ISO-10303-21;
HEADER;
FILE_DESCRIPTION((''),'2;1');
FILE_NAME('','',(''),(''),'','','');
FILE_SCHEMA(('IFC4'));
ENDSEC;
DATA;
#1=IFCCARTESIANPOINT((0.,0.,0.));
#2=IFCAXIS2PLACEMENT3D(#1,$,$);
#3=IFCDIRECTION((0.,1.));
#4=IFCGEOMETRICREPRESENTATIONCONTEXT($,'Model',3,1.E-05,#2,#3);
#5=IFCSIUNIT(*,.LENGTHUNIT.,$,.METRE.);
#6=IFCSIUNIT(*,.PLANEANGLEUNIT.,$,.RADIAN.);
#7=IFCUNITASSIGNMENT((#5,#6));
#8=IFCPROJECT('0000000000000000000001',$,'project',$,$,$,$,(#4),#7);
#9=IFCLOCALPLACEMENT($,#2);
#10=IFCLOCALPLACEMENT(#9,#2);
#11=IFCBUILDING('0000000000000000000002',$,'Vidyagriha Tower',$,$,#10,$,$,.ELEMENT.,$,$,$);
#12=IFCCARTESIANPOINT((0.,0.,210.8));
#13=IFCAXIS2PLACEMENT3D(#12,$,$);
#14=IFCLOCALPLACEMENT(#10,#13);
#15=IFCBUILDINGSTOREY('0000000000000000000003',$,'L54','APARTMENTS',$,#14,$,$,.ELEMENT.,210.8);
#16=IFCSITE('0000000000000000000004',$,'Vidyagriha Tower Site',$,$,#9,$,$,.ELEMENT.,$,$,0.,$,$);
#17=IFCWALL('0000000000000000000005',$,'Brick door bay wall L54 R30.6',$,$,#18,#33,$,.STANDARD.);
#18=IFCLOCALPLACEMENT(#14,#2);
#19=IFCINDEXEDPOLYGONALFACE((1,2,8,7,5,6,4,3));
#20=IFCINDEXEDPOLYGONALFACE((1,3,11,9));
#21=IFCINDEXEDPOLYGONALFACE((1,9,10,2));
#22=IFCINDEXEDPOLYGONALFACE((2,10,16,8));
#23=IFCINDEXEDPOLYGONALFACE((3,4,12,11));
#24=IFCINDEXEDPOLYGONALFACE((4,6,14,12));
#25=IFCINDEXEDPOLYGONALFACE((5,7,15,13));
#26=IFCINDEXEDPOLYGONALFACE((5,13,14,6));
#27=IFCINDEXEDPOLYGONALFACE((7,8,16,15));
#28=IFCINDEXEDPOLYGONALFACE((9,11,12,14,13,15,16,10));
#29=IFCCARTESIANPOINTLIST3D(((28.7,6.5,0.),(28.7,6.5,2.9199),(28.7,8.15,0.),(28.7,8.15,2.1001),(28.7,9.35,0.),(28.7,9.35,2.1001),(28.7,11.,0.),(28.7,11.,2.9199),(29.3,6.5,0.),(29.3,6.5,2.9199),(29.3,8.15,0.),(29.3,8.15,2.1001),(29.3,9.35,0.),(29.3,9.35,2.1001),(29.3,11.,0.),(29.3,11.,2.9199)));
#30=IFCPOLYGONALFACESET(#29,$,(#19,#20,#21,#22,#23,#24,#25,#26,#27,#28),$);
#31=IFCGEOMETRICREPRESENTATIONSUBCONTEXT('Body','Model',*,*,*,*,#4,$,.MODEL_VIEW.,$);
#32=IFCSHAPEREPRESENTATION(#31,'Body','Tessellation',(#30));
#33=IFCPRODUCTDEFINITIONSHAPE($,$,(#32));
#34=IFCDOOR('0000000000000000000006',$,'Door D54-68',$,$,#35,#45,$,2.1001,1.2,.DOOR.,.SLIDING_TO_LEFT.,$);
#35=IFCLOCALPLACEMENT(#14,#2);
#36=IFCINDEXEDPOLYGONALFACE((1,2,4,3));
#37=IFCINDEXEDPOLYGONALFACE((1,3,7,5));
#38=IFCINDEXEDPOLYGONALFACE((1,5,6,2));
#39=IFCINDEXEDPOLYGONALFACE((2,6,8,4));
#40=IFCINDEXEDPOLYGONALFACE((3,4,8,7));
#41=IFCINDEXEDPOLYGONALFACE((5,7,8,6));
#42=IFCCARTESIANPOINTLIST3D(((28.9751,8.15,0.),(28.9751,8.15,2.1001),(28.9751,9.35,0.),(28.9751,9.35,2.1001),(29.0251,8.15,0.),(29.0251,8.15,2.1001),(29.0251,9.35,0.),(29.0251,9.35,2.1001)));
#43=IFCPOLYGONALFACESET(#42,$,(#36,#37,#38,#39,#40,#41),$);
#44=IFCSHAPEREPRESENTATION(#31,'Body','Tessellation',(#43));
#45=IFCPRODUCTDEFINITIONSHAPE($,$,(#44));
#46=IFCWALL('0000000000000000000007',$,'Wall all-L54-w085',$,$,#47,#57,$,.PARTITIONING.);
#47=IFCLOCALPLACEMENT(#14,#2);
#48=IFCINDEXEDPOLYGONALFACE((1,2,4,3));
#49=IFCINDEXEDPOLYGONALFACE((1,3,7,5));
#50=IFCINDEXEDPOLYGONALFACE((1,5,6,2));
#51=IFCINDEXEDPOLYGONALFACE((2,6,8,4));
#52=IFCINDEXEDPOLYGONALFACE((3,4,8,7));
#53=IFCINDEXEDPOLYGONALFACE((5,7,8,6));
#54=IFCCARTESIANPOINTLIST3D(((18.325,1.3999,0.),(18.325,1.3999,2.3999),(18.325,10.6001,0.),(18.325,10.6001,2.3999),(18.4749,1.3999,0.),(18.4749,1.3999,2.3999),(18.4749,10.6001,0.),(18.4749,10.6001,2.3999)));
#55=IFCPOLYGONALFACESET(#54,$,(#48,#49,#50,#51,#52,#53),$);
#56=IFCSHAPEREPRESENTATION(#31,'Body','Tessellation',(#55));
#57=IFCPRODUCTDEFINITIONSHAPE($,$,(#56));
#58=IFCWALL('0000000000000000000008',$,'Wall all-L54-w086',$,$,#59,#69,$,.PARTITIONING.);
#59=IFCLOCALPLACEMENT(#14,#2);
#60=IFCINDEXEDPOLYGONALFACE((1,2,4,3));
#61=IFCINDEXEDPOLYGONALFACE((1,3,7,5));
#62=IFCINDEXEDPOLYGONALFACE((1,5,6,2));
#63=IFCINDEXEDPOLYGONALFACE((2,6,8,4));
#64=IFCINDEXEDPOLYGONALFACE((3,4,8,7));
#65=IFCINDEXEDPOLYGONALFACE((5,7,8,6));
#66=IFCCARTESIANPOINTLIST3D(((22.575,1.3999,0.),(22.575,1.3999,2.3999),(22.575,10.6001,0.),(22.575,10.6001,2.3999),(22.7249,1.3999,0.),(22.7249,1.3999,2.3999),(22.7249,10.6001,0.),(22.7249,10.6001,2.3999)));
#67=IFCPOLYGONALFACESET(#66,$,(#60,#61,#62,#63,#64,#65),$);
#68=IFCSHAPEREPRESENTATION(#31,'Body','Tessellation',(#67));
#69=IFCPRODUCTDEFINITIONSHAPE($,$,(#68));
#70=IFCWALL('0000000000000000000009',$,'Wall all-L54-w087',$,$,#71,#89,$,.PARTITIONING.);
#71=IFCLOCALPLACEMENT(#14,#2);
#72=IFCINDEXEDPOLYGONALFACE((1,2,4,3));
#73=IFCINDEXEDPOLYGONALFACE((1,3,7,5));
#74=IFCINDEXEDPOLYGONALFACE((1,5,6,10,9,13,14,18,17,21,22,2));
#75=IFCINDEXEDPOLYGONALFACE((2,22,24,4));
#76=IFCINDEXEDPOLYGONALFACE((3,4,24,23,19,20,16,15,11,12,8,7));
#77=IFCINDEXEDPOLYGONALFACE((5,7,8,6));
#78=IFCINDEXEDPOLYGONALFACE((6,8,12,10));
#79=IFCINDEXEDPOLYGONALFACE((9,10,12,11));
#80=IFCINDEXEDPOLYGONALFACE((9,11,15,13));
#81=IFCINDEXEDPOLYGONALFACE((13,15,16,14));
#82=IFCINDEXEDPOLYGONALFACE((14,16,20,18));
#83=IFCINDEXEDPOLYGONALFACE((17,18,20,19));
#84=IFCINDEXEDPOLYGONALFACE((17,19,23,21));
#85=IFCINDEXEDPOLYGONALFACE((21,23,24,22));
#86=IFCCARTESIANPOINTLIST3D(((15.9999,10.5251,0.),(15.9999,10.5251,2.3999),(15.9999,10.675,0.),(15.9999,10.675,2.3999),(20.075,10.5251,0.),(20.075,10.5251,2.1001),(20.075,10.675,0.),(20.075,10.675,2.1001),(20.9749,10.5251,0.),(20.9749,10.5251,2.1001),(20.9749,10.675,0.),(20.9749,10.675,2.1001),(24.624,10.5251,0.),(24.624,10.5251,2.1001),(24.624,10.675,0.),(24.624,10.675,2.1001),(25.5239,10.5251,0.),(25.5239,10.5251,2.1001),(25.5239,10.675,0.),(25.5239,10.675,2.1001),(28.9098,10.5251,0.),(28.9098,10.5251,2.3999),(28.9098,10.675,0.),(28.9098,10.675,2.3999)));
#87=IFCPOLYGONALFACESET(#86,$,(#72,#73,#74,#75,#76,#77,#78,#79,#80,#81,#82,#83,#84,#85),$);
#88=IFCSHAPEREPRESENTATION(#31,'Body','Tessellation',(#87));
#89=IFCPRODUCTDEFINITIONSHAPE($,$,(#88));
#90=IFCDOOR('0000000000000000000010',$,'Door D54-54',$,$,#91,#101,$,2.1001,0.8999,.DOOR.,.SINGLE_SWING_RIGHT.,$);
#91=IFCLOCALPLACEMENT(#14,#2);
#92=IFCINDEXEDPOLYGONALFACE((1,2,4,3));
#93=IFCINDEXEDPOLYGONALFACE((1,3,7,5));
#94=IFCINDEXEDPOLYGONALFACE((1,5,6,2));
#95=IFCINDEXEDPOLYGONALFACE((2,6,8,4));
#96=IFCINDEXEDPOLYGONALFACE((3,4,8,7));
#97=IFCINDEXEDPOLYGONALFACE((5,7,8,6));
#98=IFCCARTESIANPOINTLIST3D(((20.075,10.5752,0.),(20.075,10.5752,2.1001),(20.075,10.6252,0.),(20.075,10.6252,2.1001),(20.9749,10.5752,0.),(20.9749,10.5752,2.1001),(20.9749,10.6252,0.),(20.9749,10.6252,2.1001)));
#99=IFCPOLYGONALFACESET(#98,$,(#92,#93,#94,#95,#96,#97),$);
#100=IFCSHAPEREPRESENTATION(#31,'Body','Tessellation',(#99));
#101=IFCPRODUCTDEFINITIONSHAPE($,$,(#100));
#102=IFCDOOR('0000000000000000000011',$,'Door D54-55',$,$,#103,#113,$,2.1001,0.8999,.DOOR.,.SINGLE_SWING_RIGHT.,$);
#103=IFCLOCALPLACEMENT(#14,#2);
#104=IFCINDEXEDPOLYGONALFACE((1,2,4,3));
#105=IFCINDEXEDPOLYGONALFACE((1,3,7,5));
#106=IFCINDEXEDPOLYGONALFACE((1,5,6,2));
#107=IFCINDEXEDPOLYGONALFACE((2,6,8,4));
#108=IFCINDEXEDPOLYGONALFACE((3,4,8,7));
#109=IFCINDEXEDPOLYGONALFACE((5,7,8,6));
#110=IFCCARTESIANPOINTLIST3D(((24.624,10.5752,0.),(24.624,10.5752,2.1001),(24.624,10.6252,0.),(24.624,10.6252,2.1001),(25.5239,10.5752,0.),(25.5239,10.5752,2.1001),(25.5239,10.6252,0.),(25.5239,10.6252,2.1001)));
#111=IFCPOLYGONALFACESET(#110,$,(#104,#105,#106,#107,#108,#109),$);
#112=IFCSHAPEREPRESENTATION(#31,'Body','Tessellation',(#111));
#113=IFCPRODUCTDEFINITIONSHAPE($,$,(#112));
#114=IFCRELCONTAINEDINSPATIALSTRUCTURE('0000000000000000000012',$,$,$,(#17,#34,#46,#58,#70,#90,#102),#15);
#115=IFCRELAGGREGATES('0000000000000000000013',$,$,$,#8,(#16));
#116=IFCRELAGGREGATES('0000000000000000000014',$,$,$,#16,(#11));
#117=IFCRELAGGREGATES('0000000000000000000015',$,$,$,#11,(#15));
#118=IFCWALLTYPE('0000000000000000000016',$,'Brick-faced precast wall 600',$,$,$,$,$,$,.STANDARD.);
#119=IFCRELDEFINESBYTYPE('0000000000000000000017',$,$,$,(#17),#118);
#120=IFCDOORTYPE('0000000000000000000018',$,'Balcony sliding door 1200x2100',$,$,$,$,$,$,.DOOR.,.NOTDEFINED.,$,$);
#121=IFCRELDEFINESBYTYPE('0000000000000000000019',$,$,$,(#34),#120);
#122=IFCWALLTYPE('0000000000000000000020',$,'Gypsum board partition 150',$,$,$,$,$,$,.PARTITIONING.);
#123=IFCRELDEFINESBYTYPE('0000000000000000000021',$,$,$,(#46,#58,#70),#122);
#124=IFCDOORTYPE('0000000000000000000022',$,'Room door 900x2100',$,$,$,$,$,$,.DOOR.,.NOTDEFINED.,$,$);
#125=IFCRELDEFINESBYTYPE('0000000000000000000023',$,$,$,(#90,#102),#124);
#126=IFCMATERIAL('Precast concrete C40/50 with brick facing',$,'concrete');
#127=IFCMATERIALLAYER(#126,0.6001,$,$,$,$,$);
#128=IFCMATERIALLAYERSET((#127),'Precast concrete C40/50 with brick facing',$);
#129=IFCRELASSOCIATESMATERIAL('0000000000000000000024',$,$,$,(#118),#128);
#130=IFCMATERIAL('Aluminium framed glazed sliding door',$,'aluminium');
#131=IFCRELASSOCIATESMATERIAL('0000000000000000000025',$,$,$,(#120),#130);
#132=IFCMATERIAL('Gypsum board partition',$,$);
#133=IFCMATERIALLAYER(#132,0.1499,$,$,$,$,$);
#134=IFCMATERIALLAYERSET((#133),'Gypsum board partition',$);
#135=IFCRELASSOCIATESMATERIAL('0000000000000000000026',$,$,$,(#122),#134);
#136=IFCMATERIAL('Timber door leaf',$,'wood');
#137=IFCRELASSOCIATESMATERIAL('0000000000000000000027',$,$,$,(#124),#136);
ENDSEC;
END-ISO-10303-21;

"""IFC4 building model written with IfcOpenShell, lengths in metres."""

from ifc_helpers import new_model, si_unit, direction, frame, frame_2d, origin, place, context, subcontext, project, spatial, rectangle, extrude, material, layer, layer_set, type_object, element, fill, save


model = new_model("IFC4")

# Units and contexts
model_context = context("Model", 3, precision=1e-05, world=origin(), true_north=direction((0.0, 1.0)))
body_context = subcontext(model_context, "Body", "Model", "MODEL_VIEW")
ifc_project = project(units=[si_unit("LENGTHUNIT", "METRE"), si_unit("PLANEANGLEUNIT", "RADIAN")], contexts=[model_context])

# Site, building, storey
site_placement = place(None, origin())
site = spatial("IfcSite", under=ifc_project, at=site_placement, Name="Vidyagriha Tower Site", CompositionType="ELEMENT", RefElevation=0.0)
building_placement = place(site_placement, origin())
building = spatial("IfcBuilding", under=site, at=building_placement, Name="Vidyagriha Tower", CompositionType="ELEMENT")
storey_placement = place(building_placement, frame((0.0, 0.0, 210.8)))
storey = spatial("IfcBuildingStorey", under=building, at=storey_placement, Name="L54", Description="APARTMENTS", CompositionType="ELEMENT", Elevation=210.8)

# Wall, opening, door
ifc_material_1 = material(Name="Precast concrete C40/50 with brick facing", Category="concrete")
ifc_layer_1 = layer(ifc_material_1, 0.6001)
ifc_layer_set_1 = layer_set([ifc_layer_1], Name="Precast concrete C40/50 with brick facing")
wall_type_1 = type_object("IfcWallType", Name="Brick-faced precast wall 600", PredefinedType="STANDARD", material=ifc_layer_set_1)
wall_1_placement = place(storey_placement, frame((29.0, 6.5, 0.0), z_axis=(0.0, 0.0, 1.0), x_axis=(0.0, 1.0, 0.0)))
wall_1 = element("IfcWall", 1, at=wall_1_placement, inside=storey, type_object=wall_type_1, Name="Brick door bay wall L54 R30.6", PredefinedType="STANDARD", context=body_context, shape_type="SweptSolid", body=[
    extrude(rectangle(XDim=4.5, YDim=0.6001, at=frame_2d((2.25, 0.0))), origin(), (0.0, 0.0, 1.0), 2.9199),
])
opening_1_placement = place(wall_1_placement, frame((1.6499, 0.0, 0.0)))
opening_1 = element("IfcOpeningElement", 2, at=opening_1_placement, cuts=wall_1, PredefinedType="OPENING", context=body_context, shape_type="SweptSolid", body=[
    extrude(rectangle(XDim=1.2, YDim=2.1001, at=frame_2d((0.6001, 1.05))), frame((0.0, 0.3101, 0.0), z_axis=(0.0, -1.0, 0.0), x_axis=(1.0, 0.0, 0.0)), (0.0, 0.0, 1.0), 0.6201),
])
ifc_material_2 = material(Name="Aluminium framed glazed sliding door", Category="aluminium")
door_type_1 = type_object("IfcDoorType", Name="Balcony sliding door 1200x2100", OperationType="NOTDEFINED", PredefinedType="DOOR", material=ifc_material_2)
door_1_placement = place(opening_1_placement, origin())
door_1 = element("IfcDoor", 3, at=door_1_placement, inside=storey, type_object=door_type_1, Name="Door D54-68", OperationType="SLIDING_TO_LEFT", OverallHeight=2.1001, OverallWidth=1.2, PredefinedType="DOOR", context=body_context, shape_type="SweptSolid", body=[
    extrude(rectangle(XDim=1.2, YDim=2.1001, at=frame_2d((0.6001, 1.05))), frame((0.0, 0.0249, 0.0), z_axis=(0.0, -1.0, 0.0), x_axis=(1.0, 0.0, 0.0)), (0.0, 0.0, 1.0), 0.05),
])
fill(opening_1, door_1)

# Walls
ifc_material_3 = material(Name="Gypsum board partition")
ifc_layer_2 = layer(ifc_material_3, 0.1499)
ifc_layer_set_2 = layer_set([ifc_layer_2], Name="Gypsum board partition")
wall_type_2 = type_object("IfcWallType", Name="Gypsum board partition 150", PredefinedType="PARTITIONING", material=ifc_layer_set_2)
for number, where, z_axis, x_axis, name in (
    (4, (18.3999, 10.6001, 0.0), (0.0, 0.0, 1.0), (0.0, -1.0, 0.0), "Wall all-L54-w085"),
    (5, (22.6499, 10.6001, 0.0), (0.0, 0.0, 1.0), (0.0, -1.0, 0.0), "Wall all-L54-w086"),
):
    element("IfcWall", number, at=place(storey_placement, frame(where, z_axis=z_axis, x_axis=x_axis)), inside=storey, type_object=wall_type_2, Name=name, PredefinedType="PARTITIONING", context=body_context, shape_type="SweptSolid", body=[
        extrude(rectangle(XDim=9.2002, YDim=0.1499, at=frame_2d((4.6001, 0.0))), origin(), (0.0, 0.0, 1.0), 2.3999),
    ])

# Wall, openings, doors
wall_2_placement = place(storey_placement, frame((28.9099, 10.6001, 0.0), z_axis=(0.0, 0.0, 1.0), x_axis=(-1.0, 0.0, 0.0)))
wall_2 = element("IfcWall", 6, at=wall_2_placement, inside=storey, type_object=wall_type_2, Name="Wall all-L54-w087", PredefinedType="PARTITIONING", context=body_context, shape_type="SweptSolid", body=[
    extrude(rectangle(XDim=12.9099, YDim=0.1499, at=frame_2d((6.4551, 0.0))), origin(), (0.0, 0.0, 1.0), 2.3999),
])
opening_2_placement = place(wall_2_placement, frame((7.9351, 0.0, 0.0)))
opening_2 = element("IfcOpeningElement", 7, at=opening_2_placement, cuts=wall_2, PredefinedType="OPENING", context=body_context, shape_type="SweptSolid", body=[
    extrude(rectangle(XDim=0.8999, YDim=2.1001, at=frame_2d((0.45, 1.05))), frame((0.0, 0.085, 0.0), z_axis=(0.0, -1.0, 0.0), x_axis=(1.0, 0.0, 0.0)), (0.0, 0.0, 1.0), 0.1699),
])
opening_3_placement = place(wall_2_placement, frame((3.386, 0.0, 0.0)))
opening_3 = element("IfcOpeningElement", 8, at=opening_3_placement, cuts=wall_2, PredefinedType="OPENING", context=body_context, shape_type="SweptSolid", body=[
    extrude(rectangle(XDim=0.8999, YDim=2.1001, at=frame_2d((0.45, 1.05))), frame((0.0, 0.085, 0.0), z_axis=(0.0, -1.0, 0.0), x_axis=(1.0, 0.0, 0.0)), (0.0, 0.0, 1.0), 0.1699),
])
ifc_material_4 = material(Name="Timber door leaf", Category="wood")
door_type_2 = type_object("IfcDoorType", Name="Room door 900x2100", OperationType="NOTDEFINED", PredefinedType="DOOR", material=ifc_material_4)
door_2_placement = place(opening_2_placement, origin())
door_2 = element("IfcDoor", 9, at=door_2_placement, inside=storey, type_object=door_type_2, Name="Door D54-54", OperationType="SINGLE_SWING_RIGHT", OverallHeight=2.1001, OverallWidth=0.8999, PredefinedType="DOOR", context=body_context, shape_type="SweptSolid", body=[
    extrude(rectangle(XDim=0.8999, YDim=2.1001, at=frame_2d((0.45, 1.05))), frame((0.0, 0.0249, 0.0), z_axis=(0.0, -1.0, 0.0), x_axis=(1.0, 0.0, 0.0)), (0.0, 0.0, 1.0), 0.05),
])
fill(opening_2, door_2)
door_3_placement = place(opening_3_placement, origin())
door_3 = element("IfcDoor", 10, at=door_3_placement, inside=storey, type_object=door_type_2, Name="Door D54-55", OperationType="SINGLE_SWING_RIGHT", OverallHeight=2.1001, OverallWidth=0.8999, PredefinedType="DOOR", context=body_context, shape_type="SweptSolid", body=[
    extrude(rectangle(XDim=0.8999, YDim=2.1001, at=frame_2d((0.45, 1.05))), frame((0.0, 0.0249, 0.0), z_axis=(0.0, -1.0, 0.0), x_axis=(1.0, 0.0, 0.0)), (0.0, 0.0, 1.0), 0.05),
])
fill(opening_3, door_3)

save(model, "model.ifc")
